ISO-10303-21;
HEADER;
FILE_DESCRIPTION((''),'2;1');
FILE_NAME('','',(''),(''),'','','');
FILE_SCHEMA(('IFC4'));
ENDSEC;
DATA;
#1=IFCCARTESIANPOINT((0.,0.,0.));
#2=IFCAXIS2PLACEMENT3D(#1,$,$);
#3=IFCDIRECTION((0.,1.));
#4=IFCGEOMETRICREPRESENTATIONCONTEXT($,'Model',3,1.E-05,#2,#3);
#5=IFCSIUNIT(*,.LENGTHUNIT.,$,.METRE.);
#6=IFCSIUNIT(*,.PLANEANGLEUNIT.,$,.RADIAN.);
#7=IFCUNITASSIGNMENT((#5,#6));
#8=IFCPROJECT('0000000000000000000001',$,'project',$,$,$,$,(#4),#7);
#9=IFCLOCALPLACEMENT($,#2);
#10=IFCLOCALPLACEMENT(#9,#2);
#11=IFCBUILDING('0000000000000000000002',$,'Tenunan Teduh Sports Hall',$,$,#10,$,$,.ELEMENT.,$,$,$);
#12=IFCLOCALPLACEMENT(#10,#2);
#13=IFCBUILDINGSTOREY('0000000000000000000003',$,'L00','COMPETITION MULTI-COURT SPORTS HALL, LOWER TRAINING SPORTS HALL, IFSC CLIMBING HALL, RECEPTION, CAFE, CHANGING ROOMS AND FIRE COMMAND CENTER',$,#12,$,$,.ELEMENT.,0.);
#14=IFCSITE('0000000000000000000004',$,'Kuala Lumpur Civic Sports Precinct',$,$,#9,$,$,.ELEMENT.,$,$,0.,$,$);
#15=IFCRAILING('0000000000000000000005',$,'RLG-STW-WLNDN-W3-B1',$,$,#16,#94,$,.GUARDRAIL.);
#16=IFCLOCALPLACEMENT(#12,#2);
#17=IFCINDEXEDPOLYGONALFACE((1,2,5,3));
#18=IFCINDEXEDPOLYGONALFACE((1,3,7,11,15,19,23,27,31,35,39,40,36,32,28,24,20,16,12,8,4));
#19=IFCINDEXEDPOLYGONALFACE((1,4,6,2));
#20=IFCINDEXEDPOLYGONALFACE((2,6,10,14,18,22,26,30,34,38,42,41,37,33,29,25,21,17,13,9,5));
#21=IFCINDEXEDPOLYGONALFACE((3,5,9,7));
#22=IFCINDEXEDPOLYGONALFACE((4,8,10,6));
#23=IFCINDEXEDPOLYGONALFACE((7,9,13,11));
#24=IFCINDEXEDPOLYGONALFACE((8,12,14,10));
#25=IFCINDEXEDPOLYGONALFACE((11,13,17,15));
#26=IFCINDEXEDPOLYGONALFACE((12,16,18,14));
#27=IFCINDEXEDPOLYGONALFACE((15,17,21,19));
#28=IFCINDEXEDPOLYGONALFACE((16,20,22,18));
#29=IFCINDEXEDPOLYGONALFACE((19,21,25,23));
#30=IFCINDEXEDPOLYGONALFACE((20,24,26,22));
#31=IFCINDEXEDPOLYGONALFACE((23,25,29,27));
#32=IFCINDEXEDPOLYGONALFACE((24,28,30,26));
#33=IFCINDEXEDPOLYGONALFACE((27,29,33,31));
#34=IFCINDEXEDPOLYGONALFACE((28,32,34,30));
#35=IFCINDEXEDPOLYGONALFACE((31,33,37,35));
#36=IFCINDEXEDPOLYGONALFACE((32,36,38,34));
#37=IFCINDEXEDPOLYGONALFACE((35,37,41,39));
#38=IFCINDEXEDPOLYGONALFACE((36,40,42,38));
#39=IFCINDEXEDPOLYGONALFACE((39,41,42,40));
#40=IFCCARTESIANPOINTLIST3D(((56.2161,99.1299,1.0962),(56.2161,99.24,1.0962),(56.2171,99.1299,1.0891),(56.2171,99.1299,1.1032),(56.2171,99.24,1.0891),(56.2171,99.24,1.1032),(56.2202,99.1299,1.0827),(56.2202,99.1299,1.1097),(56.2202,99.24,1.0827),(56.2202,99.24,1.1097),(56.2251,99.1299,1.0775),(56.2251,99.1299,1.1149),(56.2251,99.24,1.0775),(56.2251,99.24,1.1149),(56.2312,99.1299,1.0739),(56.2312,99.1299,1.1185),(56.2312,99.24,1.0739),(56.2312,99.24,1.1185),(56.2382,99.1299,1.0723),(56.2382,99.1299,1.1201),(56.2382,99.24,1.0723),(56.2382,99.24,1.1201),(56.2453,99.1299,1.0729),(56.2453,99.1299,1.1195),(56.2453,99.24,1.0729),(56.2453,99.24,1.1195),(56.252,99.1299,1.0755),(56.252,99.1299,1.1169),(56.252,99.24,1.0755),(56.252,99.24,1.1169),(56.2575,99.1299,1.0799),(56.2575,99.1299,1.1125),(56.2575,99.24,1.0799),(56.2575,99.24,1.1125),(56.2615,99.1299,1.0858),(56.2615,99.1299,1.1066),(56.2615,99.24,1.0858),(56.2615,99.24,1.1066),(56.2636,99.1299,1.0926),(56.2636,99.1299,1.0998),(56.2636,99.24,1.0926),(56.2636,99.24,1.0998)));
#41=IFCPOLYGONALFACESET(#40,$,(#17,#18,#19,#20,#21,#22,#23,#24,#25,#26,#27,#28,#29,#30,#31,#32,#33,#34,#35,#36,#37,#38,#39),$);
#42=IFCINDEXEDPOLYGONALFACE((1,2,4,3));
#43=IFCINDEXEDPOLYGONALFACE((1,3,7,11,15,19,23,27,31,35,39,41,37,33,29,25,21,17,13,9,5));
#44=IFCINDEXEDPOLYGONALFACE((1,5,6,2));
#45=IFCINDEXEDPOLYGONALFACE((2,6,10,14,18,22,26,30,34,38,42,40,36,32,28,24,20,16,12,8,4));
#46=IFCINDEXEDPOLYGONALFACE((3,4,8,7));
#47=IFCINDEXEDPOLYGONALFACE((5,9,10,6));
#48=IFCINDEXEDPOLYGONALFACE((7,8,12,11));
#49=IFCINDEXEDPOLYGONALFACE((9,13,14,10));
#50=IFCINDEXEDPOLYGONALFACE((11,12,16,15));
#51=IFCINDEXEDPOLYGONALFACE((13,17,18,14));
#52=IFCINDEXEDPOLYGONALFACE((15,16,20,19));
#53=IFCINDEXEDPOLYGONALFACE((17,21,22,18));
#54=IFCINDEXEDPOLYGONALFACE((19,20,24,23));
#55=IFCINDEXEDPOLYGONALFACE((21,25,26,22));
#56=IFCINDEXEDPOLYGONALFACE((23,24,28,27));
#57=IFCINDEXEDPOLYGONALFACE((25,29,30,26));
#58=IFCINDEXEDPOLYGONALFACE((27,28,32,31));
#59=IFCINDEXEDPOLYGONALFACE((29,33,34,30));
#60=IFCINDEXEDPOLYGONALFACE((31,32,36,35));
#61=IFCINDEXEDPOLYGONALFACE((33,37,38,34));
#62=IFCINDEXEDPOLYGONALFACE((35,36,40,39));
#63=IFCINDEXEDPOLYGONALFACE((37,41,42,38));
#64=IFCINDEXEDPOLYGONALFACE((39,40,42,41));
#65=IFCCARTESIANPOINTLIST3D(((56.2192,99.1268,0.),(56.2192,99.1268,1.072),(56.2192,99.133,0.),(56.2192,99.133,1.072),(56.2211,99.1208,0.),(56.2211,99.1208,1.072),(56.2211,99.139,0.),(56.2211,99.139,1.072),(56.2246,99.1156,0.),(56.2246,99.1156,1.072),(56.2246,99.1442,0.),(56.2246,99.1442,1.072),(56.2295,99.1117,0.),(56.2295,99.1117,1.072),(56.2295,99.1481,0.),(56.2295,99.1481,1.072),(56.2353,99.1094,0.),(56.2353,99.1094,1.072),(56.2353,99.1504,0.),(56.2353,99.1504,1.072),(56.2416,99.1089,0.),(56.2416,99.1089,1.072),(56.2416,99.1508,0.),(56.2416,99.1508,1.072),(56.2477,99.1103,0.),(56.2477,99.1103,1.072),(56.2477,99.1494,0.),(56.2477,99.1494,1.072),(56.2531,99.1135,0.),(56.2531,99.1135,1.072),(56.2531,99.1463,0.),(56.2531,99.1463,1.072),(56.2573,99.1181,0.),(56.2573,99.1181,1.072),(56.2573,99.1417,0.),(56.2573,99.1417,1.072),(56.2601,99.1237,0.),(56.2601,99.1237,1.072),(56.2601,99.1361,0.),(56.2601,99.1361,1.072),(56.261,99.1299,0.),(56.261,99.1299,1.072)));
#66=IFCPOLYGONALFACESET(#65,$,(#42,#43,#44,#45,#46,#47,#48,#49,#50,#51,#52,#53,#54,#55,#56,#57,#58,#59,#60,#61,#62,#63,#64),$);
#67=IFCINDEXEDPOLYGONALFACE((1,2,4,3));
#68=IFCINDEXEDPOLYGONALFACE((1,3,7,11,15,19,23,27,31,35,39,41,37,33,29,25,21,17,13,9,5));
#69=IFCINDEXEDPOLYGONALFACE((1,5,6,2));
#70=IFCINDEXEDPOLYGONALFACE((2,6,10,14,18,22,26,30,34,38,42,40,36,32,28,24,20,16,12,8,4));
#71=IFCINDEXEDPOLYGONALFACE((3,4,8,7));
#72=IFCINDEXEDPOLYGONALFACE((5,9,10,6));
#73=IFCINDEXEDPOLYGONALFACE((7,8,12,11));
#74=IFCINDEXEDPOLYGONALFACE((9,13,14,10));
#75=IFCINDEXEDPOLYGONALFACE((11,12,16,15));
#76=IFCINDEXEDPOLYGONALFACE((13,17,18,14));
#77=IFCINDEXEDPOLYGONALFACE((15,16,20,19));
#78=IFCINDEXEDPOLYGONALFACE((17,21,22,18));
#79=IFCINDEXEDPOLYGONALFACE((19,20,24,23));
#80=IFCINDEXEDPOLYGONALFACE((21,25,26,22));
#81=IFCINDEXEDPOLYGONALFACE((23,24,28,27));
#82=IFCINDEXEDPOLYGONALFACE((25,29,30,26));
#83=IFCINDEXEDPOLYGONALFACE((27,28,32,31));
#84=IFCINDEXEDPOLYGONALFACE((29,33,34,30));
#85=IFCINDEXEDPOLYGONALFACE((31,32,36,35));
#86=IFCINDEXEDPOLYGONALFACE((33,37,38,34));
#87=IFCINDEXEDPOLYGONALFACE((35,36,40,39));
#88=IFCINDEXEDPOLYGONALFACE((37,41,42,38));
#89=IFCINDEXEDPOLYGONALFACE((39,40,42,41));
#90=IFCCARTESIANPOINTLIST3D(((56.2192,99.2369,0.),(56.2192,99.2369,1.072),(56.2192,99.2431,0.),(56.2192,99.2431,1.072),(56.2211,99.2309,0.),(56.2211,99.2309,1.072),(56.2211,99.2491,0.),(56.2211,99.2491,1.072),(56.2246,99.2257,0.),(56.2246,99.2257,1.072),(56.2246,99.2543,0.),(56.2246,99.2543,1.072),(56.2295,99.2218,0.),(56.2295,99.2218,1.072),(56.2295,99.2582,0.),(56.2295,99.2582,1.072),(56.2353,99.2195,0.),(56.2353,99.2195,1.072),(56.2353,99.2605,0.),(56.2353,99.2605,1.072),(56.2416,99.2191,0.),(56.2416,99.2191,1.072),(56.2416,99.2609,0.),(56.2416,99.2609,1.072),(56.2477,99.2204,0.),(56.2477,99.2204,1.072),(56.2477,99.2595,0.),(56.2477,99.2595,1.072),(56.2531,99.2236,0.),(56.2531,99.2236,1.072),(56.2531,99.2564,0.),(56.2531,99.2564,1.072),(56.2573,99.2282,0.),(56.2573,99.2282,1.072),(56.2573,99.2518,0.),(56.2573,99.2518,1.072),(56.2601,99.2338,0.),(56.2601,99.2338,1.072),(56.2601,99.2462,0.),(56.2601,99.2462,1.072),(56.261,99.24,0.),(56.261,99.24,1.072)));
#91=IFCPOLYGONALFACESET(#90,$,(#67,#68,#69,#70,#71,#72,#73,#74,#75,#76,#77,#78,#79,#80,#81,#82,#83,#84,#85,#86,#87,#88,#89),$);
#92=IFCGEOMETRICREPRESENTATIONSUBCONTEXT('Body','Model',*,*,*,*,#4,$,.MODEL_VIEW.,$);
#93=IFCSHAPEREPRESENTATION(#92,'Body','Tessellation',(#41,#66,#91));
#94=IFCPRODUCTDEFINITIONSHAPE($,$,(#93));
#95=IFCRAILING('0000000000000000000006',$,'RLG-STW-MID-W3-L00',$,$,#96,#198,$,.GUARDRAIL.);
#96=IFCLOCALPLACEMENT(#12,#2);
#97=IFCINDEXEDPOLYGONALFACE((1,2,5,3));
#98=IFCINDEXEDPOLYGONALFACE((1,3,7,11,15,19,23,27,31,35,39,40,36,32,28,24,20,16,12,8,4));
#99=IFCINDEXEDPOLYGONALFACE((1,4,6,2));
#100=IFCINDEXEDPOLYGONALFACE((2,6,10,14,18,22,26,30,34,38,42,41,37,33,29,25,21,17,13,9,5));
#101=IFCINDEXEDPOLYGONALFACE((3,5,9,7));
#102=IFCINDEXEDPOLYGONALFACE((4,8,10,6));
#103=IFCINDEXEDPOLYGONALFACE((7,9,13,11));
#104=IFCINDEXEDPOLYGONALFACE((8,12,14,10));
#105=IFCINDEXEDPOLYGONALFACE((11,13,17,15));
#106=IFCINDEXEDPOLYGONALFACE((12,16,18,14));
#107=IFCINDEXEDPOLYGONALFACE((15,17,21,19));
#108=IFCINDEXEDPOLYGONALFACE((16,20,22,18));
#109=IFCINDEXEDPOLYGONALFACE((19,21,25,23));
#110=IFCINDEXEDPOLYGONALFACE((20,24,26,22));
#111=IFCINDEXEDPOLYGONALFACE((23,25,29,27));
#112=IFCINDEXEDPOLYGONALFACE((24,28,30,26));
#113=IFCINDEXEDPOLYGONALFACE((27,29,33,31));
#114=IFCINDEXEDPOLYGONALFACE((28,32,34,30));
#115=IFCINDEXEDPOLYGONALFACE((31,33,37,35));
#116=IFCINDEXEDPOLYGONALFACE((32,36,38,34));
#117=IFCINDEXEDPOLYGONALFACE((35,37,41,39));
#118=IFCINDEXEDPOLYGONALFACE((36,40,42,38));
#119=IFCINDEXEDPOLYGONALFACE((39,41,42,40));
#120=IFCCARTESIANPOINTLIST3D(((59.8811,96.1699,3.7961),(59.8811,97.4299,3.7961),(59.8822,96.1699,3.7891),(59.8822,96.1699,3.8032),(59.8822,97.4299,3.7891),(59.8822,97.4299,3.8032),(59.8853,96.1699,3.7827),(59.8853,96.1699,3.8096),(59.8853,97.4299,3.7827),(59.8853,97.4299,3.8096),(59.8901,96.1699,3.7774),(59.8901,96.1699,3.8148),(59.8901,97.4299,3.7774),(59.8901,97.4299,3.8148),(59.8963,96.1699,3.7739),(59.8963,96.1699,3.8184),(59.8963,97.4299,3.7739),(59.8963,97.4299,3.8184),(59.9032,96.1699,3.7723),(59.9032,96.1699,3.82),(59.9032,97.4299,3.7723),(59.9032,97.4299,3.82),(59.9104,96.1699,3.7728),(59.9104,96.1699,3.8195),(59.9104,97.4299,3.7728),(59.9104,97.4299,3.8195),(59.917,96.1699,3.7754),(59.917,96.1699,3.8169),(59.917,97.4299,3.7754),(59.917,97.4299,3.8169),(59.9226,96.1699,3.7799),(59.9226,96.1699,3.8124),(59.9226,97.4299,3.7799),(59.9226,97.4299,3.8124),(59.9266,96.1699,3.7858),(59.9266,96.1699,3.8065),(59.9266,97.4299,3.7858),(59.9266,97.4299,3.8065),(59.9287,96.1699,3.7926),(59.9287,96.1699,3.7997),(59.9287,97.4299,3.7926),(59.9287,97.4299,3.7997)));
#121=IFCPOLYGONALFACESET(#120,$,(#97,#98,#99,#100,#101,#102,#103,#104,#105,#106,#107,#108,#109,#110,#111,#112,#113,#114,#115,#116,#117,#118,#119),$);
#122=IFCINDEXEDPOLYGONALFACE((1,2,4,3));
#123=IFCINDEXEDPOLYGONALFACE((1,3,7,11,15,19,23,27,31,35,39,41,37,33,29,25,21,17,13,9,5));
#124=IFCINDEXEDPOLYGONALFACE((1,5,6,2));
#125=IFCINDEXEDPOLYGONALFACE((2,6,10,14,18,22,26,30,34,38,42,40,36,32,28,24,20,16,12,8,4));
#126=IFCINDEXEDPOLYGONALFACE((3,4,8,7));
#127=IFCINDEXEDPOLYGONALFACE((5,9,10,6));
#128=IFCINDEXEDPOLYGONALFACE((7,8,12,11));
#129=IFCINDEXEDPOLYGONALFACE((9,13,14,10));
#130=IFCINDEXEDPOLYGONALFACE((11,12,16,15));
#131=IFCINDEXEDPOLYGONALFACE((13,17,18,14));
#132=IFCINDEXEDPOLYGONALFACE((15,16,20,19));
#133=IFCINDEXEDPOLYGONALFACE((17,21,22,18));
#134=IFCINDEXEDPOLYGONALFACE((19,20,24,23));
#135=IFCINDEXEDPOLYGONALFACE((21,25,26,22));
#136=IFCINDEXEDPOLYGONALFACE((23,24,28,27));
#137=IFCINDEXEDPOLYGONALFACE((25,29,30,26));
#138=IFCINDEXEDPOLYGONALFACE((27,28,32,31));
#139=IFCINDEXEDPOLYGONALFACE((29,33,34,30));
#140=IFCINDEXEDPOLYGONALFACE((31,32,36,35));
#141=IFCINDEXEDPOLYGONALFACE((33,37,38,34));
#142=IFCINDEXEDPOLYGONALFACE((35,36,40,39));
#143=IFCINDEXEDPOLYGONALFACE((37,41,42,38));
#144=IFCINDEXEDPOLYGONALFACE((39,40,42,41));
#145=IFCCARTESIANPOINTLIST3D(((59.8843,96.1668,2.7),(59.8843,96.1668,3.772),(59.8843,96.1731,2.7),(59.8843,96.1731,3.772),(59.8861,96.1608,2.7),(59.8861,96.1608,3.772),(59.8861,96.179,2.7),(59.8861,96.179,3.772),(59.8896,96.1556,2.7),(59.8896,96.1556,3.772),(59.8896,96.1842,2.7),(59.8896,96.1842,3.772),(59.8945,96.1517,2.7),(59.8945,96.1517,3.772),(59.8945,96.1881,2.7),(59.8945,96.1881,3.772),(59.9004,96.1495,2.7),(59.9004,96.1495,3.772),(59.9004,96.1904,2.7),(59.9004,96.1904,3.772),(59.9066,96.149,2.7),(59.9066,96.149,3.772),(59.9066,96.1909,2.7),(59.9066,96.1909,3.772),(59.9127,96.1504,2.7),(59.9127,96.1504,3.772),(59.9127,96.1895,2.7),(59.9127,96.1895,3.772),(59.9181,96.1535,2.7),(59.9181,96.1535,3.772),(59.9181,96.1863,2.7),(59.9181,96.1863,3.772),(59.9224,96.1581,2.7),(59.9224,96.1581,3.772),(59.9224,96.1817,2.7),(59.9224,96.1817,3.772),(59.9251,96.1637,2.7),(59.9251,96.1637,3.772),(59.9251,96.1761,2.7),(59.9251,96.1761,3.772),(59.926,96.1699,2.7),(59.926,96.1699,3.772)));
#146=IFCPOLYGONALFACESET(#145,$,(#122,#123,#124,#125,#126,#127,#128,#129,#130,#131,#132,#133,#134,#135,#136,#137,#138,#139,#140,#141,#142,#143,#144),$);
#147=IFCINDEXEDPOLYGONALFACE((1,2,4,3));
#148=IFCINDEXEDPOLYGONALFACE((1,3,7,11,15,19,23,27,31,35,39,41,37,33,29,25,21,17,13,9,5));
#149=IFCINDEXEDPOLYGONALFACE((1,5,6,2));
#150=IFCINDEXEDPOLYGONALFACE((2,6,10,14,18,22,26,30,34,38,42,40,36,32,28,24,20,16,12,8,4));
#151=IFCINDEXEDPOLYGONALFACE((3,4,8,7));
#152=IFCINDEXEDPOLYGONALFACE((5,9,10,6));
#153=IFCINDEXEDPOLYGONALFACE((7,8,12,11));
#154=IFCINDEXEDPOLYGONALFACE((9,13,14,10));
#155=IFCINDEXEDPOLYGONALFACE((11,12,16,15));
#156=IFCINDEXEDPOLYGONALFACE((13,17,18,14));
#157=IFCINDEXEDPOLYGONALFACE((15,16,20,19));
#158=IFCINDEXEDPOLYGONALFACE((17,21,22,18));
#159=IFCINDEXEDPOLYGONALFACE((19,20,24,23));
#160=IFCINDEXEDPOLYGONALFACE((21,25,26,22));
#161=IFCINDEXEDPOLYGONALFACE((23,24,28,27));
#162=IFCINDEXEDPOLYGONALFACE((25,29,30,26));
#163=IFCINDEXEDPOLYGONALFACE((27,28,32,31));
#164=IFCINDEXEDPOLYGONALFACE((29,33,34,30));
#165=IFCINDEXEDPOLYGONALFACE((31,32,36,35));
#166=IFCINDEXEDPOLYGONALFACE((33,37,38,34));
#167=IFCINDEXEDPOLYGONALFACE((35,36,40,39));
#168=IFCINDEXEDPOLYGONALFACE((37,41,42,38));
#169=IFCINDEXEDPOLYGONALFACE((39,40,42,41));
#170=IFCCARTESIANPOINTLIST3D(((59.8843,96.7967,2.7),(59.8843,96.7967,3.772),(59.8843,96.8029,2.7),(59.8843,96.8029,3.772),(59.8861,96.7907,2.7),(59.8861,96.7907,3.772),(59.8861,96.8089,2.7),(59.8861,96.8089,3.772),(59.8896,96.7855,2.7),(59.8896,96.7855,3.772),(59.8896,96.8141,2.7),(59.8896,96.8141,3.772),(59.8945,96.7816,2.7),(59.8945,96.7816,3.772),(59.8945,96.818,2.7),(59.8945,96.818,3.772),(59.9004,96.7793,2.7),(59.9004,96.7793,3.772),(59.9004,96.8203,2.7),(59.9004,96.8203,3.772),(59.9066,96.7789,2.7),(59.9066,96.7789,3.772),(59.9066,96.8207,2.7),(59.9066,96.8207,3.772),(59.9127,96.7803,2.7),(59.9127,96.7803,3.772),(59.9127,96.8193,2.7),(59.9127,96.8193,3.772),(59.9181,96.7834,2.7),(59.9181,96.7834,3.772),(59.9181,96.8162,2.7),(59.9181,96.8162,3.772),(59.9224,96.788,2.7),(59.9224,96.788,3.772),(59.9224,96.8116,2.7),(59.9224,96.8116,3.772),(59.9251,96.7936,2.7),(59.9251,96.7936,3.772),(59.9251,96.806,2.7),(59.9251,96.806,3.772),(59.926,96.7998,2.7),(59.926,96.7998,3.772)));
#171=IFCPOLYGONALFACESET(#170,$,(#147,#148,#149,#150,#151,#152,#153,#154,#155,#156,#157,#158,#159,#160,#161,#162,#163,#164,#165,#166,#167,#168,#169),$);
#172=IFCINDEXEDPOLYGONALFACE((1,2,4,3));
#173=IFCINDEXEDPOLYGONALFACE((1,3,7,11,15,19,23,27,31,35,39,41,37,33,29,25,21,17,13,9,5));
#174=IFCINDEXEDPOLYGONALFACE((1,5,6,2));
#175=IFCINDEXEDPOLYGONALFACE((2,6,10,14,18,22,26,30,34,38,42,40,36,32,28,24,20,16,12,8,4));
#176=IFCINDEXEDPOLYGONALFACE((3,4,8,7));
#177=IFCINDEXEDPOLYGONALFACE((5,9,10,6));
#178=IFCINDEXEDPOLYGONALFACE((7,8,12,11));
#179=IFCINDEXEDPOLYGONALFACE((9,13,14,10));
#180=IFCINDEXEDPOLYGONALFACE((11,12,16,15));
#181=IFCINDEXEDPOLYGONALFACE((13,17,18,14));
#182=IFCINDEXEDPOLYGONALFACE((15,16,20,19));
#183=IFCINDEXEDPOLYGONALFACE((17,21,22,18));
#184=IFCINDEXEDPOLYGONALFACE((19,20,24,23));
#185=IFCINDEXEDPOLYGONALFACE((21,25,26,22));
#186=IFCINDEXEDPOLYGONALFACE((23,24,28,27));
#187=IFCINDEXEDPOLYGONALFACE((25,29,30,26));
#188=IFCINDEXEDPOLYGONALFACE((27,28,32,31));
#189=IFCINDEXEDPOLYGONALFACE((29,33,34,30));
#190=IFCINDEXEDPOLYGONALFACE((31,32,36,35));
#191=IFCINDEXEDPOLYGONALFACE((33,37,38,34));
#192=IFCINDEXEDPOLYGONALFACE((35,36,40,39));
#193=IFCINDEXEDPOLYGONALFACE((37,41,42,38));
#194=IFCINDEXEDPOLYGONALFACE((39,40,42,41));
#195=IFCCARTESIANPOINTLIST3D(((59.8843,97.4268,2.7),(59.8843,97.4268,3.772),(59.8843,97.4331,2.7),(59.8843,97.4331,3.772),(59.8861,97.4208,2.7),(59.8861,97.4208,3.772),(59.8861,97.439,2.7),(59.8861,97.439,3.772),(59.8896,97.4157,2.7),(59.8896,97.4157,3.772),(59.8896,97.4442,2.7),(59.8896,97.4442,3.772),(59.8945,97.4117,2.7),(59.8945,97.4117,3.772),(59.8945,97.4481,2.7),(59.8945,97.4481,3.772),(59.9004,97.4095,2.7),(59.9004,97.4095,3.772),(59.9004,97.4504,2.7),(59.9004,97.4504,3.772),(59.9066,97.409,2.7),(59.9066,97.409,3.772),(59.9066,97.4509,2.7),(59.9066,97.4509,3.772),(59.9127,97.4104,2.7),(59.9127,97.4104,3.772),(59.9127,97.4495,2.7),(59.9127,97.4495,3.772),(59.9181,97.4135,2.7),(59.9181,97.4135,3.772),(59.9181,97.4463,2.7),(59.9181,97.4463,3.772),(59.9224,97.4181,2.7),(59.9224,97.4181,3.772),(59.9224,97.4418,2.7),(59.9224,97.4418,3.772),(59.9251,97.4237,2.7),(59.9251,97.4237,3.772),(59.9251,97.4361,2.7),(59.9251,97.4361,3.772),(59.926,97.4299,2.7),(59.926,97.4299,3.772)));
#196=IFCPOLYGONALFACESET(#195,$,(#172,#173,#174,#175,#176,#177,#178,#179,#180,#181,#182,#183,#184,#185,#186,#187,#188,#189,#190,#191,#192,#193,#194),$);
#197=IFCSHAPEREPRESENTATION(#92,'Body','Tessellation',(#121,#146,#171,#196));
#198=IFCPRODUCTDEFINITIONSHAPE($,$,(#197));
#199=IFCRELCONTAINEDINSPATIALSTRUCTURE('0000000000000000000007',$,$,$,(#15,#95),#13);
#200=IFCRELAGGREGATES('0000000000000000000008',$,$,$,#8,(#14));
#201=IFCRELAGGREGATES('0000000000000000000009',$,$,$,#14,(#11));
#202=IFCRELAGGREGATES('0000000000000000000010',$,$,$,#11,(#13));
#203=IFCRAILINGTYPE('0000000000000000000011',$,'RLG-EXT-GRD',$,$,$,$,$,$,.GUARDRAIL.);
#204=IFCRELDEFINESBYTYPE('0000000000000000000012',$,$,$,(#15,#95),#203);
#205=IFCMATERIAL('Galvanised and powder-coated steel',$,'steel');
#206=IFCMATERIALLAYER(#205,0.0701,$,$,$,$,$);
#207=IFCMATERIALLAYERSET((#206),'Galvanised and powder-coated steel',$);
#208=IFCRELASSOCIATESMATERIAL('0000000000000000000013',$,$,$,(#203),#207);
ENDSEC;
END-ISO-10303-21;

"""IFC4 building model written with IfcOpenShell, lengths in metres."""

from ifc_helpers import new_model, si_unit, direction, frame, origin, origin_2d, place, context, subcontext, project, spatial, circle, extrude, material, layer, layer_set, type_object, element, save


model = new_model("IFC4")

# Units and contexts
model_context = context("Model", 3, precision=1e-05, world=origin(), true_north=direction((0.0, 1.0)))
body_context = subcontext(model_context, "Body", "Model", "MODEL_VIEW")
ifc_project = project(units=[si_unit("LENGTHUNIT", "METRE"), si_unit("PLANEANGLEUNIT", "RADIAN")], contexts=[model_context])

# Site, building, storey
site_placement = place(None, origin())
site = spatial("IfcSite", under=ifc_project, at=site_placement, Name="Kuala Lumpur Civic Sports Precinct", CompositionType="ELEMENT", RefElevation=0.0)
building_placement = place(site_placement, origin())
building = spatial("IfcBuilding", under=site, at=building_placement, Name="Tenunan Teduh Sports Hall", CompositionType="ELEMENT")
storey_placement = place(building_placement, origin())
storey = spatial("IfcBuildingStorey", under=building, at=storey_placement, Name="L00", Description="COMPETITION MULTI-COURT SPORTS HALL, LOWER TRAINING SPORTS HALL, IFSC CLIMBING HALL, RECEPTION, CAFE, CHANGING ROOMS AND FIRE COMMAND CENTER", CompositionType="ELEMENT", Elevation=0.0)

# Railings
ifc_material_1 = material(Name="Galvanised and powder-coated steel", Category="steel")
ifc_layer_1 = layer(ifc_material_1, 0.0701)
ifc_layer_set_1 = layer_set([ifc_layer_1], Name="Galvanised and powder-coated steel")
railing_type_1 = type_object("IfcRailingType", Name="RLG-EXT-GRD", PredefinedType="GUARDRAIL", material=ifc_layer_set_1)
railing_1_placement = place(storey_placement, frame((56.24, 99.1299, 0.0)))
element("IfcRailing", 1, at=railing_1_placement, inside=storey, type_object=railing_type_1, Name="RLG-STW-WLNDN-W3-B1", PredefinedType="GUARDRAIL", context=body_context, shape_type="SweptSolid", body=[
    extrude(circle(Radius=0.0239, at=origin_2d()), frame((0.0, 0.0, 1.0962), z_axis=(0.0, 1.0, 0.0), x_axis=(-1.0, 0.0, 0.0)), (0.0, 0.0, 1.0), 0.1101),
    extrude(circle(Radius=0.021, at=origin_2d()), origin(), (0.0, 0.0, 1.0), 1.072),
    extrude(circle(Radius=0.021, at=origin_2d()), frame((0.0, 0.1101, 0.0)), (0.0, 0.0, 1.0), 1.072),
])
railing_2_placement = place(storey_placement, frame((59.905, 96.1699, 2.7)))
element("IfcRailing", 2, at=railing_2_placement, inside=storey, type_object=railing_type_1, Name="RLG-STW-MID-W3-L00", PredefinedType="GUARDRAIL", context=body_context, shape_type="SweptSolid", body=[
    extrude(circle(Radius=0.0239, at=origin_2d()), frame((0.0, 0.0, 1.0962), z_axis=(0.0, 1.0, 0.0), x_axis=(-1.0, 0.0, 0.0)), (0.0, 0.0, 1.0), 1.26),
    extrude(circle(Radius=0.021, at=origin_2d()), origin(), (0.0, 0.0, 1.0), 1.072),
    extrude(circle(Radius=0.021, at=origin_2d()), frame((0.0, 0.6299, 0.0)), (0.0, 0.0, 1.0), 1.072),
    extrude(circle(Radius=0.021, at=origin_2d()), frame((0.0, 1.26, 0.0)), (0.0, 0.0, 1.0), 1.072),
])

save(model, "model.ifc")
